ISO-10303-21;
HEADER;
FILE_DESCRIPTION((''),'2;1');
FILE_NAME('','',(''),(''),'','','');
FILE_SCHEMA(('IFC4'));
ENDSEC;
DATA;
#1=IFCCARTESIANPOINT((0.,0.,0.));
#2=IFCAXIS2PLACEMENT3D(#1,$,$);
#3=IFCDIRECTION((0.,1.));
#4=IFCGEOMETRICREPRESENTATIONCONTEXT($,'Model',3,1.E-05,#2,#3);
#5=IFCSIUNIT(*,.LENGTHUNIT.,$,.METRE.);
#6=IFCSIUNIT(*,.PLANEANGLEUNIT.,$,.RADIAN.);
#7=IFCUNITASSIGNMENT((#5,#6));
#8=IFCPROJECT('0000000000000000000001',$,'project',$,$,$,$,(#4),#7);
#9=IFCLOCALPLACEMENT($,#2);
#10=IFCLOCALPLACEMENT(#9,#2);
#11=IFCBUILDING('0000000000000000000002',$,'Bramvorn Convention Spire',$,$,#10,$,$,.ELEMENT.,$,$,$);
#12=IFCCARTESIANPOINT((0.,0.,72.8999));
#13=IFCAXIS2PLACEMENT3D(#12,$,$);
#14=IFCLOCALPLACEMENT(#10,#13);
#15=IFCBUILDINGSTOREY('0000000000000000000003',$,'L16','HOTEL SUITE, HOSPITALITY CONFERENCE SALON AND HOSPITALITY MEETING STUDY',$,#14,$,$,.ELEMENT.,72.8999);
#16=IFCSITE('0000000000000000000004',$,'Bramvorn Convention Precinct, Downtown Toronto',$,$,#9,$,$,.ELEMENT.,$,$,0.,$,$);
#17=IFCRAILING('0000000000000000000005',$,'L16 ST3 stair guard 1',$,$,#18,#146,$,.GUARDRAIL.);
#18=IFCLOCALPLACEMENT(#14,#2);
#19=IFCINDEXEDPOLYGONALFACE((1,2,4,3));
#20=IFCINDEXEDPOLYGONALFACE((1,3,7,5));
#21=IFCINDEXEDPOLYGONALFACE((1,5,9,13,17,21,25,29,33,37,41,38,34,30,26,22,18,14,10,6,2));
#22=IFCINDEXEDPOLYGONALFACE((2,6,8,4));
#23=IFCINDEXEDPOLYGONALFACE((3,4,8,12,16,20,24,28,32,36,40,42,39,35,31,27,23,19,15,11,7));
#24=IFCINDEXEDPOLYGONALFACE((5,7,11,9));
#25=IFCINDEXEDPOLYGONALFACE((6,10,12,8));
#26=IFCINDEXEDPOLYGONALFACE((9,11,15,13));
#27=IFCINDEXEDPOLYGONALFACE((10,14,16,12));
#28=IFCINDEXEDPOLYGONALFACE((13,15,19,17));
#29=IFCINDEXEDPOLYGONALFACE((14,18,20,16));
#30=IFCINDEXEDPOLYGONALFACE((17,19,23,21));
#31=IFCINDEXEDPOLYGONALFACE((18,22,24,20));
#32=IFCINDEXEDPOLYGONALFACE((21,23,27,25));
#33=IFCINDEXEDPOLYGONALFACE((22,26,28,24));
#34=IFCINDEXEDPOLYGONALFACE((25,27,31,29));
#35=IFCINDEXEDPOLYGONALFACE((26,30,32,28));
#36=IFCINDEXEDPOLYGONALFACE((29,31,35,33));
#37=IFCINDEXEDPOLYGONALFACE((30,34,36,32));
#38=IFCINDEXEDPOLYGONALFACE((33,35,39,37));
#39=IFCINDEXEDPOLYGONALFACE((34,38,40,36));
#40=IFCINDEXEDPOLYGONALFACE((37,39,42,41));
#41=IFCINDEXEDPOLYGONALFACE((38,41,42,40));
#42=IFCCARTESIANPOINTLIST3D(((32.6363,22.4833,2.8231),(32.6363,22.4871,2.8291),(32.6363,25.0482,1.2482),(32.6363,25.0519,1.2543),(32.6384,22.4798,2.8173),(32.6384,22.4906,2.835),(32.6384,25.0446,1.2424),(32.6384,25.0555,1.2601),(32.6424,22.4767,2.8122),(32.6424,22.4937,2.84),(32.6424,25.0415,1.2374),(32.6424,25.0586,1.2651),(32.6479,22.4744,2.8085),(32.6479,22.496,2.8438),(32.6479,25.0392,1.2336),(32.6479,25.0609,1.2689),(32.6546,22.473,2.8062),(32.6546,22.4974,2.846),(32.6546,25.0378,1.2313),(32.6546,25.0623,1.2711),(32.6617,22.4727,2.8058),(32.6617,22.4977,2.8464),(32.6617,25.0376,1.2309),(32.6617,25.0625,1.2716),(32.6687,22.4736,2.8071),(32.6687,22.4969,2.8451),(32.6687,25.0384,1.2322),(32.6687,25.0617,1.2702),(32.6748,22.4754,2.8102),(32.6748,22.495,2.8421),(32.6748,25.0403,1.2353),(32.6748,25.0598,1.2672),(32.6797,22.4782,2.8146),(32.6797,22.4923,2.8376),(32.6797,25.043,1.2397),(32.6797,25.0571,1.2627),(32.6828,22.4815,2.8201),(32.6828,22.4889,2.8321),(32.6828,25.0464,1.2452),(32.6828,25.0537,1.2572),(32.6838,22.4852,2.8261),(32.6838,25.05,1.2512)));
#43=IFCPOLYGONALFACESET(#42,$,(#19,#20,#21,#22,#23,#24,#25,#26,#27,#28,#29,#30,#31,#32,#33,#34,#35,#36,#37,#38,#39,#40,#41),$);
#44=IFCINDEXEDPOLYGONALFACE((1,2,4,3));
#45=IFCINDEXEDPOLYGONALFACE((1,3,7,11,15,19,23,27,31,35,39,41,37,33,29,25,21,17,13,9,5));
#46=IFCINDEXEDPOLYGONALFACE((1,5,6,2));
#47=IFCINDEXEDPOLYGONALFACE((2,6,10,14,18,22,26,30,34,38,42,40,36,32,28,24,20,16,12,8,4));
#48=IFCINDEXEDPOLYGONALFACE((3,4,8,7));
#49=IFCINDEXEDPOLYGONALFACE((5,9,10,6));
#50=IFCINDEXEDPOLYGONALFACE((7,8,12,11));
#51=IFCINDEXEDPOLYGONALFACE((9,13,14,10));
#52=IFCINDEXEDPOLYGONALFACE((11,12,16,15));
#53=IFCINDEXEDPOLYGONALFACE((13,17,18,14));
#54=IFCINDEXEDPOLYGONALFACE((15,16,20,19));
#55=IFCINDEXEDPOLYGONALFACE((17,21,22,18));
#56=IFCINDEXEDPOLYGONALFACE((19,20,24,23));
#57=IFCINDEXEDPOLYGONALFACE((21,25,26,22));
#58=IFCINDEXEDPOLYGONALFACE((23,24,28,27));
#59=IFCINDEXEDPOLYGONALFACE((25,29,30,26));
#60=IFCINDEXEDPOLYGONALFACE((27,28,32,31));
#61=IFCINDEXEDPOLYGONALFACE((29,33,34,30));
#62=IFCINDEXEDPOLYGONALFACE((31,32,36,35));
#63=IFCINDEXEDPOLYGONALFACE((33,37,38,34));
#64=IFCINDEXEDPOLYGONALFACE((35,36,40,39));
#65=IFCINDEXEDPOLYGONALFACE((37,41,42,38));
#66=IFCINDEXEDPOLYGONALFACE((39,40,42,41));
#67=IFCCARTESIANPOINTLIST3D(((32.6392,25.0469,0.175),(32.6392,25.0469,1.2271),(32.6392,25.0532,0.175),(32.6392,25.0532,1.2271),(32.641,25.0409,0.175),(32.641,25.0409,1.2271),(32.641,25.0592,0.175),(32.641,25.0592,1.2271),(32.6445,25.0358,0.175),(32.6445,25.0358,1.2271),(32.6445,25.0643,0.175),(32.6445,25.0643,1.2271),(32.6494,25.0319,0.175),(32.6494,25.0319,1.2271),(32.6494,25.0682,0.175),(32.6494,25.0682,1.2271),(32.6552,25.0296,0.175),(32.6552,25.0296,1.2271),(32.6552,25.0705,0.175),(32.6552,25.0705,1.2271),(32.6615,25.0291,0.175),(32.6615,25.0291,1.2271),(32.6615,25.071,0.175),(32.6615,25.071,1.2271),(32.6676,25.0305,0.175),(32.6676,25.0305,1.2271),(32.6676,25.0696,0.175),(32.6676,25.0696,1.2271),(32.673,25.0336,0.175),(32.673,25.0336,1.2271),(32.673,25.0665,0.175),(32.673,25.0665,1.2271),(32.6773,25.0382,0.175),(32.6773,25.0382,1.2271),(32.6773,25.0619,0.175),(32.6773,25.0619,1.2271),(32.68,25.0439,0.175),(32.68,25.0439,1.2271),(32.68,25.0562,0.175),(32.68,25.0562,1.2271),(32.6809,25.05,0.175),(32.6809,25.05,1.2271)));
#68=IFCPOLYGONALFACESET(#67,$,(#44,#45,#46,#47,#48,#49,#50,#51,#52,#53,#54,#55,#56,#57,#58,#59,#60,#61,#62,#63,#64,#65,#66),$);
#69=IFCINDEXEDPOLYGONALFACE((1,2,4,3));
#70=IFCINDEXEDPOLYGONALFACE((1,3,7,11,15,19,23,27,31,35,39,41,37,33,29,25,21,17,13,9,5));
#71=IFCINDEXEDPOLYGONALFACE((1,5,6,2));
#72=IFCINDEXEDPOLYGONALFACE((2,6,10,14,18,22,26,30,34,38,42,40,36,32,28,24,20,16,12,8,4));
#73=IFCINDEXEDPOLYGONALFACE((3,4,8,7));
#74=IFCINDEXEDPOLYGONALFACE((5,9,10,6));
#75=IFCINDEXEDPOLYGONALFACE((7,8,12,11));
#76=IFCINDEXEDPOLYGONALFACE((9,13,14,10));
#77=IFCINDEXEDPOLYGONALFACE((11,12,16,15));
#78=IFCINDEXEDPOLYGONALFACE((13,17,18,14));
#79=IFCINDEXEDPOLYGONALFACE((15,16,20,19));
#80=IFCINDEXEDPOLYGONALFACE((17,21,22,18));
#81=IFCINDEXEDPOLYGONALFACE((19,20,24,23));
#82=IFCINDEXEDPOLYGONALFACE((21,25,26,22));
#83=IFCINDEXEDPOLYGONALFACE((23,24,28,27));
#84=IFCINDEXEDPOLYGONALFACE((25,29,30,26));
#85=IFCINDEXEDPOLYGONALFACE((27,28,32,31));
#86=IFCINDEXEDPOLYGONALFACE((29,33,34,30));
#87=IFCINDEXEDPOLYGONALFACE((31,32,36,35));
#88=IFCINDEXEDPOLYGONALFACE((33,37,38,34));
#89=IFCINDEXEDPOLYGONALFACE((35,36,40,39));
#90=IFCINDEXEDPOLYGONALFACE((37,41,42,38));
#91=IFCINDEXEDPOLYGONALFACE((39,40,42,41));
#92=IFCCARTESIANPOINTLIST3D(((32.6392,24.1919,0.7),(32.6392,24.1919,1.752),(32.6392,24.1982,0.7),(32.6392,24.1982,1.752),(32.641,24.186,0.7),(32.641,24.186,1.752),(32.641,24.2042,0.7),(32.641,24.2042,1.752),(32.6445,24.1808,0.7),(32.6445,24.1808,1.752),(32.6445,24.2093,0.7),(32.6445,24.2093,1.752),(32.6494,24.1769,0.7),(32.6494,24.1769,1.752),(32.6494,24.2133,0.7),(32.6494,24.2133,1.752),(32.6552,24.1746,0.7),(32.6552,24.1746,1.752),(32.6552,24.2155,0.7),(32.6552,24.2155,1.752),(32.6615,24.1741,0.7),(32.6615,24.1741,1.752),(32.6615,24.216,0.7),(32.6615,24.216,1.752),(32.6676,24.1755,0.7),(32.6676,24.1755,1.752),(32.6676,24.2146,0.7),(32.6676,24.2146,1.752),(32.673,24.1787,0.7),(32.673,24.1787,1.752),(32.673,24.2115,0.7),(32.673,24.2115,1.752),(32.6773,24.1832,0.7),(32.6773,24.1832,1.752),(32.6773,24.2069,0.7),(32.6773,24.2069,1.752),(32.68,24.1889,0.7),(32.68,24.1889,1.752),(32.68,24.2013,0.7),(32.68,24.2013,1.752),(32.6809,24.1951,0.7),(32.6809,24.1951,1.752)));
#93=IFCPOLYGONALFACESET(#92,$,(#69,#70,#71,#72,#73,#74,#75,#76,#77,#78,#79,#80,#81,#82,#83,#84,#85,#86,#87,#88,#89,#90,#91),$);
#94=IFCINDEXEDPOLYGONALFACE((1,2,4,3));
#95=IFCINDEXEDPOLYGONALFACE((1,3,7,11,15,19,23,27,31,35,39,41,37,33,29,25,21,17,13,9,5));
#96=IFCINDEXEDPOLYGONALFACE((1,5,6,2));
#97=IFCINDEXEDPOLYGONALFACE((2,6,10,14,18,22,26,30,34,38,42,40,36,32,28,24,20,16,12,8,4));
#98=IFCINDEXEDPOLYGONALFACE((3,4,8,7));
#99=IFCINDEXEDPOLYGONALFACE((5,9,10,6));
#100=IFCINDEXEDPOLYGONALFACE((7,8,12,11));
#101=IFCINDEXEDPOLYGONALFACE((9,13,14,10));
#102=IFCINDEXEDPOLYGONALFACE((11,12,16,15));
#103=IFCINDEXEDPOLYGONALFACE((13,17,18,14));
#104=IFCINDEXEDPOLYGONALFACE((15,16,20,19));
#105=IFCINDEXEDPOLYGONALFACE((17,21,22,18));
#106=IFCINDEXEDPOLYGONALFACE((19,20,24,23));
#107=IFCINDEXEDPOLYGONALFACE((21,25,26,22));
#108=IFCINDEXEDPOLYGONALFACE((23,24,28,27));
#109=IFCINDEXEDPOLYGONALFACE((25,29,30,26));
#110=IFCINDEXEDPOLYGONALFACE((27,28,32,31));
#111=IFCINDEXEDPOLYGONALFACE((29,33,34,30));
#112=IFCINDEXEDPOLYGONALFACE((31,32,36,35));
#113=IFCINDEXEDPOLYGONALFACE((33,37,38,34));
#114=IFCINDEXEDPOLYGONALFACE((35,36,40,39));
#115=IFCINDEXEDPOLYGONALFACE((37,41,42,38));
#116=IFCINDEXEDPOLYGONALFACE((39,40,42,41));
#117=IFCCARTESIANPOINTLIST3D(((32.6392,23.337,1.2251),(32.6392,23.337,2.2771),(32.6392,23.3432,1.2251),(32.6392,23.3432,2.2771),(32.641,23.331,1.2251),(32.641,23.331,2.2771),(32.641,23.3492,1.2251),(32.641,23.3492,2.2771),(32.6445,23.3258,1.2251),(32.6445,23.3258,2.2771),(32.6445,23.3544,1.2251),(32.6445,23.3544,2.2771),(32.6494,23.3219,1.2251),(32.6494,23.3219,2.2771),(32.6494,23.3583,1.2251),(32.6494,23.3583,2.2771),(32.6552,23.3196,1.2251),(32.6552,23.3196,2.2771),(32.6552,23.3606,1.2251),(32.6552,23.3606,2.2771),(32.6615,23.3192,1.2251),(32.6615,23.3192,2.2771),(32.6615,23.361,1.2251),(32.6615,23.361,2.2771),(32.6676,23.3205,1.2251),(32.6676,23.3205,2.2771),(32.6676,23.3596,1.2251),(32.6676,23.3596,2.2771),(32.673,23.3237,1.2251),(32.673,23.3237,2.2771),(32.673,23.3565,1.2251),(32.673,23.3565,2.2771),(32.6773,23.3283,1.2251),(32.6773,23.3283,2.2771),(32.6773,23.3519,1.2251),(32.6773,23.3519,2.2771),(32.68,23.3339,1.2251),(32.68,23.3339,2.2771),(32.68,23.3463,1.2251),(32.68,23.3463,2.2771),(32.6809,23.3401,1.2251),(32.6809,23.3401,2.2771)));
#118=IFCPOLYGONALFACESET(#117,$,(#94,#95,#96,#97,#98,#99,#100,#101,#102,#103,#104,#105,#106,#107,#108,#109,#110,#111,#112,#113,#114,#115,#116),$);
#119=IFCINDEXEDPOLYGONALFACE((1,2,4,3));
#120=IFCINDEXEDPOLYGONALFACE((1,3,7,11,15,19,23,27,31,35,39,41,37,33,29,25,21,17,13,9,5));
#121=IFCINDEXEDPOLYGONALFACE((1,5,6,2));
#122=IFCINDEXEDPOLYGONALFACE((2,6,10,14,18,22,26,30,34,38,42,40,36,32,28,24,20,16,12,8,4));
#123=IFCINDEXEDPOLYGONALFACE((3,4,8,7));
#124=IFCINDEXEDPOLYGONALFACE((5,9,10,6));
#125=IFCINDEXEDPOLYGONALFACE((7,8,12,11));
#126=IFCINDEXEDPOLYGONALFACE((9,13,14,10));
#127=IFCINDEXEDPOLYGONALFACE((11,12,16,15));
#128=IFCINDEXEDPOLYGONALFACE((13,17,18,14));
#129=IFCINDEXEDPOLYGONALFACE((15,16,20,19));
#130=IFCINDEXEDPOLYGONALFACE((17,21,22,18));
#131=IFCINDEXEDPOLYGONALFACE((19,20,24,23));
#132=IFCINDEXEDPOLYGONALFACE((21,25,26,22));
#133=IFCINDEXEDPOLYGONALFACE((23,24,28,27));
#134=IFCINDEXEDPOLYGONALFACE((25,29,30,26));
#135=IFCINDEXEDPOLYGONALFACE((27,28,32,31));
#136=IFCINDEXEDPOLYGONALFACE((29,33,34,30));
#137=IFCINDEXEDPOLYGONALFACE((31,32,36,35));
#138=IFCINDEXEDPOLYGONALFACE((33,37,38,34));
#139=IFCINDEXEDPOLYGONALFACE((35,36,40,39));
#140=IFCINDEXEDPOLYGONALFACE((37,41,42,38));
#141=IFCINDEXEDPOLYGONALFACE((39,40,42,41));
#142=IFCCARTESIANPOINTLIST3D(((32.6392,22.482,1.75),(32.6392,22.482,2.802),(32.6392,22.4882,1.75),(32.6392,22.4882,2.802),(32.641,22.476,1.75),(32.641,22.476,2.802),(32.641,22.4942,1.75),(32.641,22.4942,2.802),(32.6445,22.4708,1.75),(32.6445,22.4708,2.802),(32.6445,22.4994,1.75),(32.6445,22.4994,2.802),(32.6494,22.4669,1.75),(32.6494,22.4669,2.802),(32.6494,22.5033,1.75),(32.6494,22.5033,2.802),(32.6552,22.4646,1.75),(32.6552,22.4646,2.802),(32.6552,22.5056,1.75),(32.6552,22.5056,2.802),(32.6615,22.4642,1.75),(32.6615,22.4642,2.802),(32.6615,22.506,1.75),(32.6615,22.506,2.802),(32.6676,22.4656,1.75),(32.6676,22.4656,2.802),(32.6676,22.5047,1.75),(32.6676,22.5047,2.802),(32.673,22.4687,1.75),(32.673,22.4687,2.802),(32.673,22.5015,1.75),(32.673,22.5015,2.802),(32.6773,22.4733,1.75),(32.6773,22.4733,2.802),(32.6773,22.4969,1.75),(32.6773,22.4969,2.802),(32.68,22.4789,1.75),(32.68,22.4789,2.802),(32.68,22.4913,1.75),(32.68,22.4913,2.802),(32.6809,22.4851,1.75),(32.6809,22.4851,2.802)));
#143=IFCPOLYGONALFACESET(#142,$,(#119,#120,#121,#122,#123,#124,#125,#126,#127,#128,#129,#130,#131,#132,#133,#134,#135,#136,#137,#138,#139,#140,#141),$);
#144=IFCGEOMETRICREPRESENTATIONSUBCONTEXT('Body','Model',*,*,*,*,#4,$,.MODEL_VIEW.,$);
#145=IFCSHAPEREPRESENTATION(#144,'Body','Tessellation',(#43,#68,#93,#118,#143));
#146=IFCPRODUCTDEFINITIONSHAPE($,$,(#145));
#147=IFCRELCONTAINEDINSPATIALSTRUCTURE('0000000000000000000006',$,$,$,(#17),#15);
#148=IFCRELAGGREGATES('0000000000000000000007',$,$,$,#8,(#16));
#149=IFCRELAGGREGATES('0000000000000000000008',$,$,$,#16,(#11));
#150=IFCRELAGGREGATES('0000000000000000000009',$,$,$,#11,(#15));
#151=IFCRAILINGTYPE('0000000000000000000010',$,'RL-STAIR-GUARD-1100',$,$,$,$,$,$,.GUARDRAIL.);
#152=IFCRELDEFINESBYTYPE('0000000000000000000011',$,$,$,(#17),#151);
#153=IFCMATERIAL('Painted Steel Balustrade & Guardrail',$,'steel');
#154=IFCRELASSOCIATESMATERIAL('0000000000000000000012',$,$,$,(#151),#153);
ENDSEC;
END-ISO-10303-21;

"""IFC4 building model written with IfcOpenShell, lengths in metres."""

from ifc_helpers import new_model, si_unit, direction, frame, origin, origin_2d, place, context, subcontext, project, spatial, circle, extrude, material, type_object, element, save


model = new_model("IFC4")

# Units and contexts
model_context = context("Model", 3, precision=1e-05, world=origin(), true_north=direction((0.0, 1.0)))
body_context = subcontext(model_context, "Body", "Model", "MODEL_VIEW")
ifc_project = project(units=[si_unit("LENGTHUNIT", "METRE"), si_unit("PLANEANGLEUNIT", "RADIAN")], contexts=[model_context])

# Site, building, storey
site_placement = place(None, origin())
site = spatial("IfcSite", under=ifc_project, at=site_placement, Name="Bramvorn Convention Precinct, Downtown Toronto", CompositionType="ELEMENT", RefElevation=0.0)
building_placement = place(site_placement, origin())
building = spatial("IfcBuilding", under=site, at=building_placement, Name="Bramvorn Convention Spire", CompositionType="ELEMENT")
storey_placement = place(building_placement, frame((0.0, 0.0, 72.8999)))
storey = spatial("IfcBuildingStorey", under=building, at=storey_placement, Name="L16", Description="HOTEL SUITE, HOSPITALITY CONFERENCE SALON AND HOSPITALITY MEETING STUDY", CompositionType="ELEMENT", Elevation=72.8999)

# Railing
ifc_material_1 = material(Name="Painted Steel Balustrade & Guardrail", Category="steel")
railing_type_1 = type_object("IfcRailingType", Name="RL-STAIR-GUARD-1100", PredefinedType="GUARDRAIL", material=ifc_material_1)
railing_1_placement = place(storey_placement, frame((32.6599, 25.05, 0.175)))
element("IfcRailing", 1, at=railing_1_placement, inside=storey, type_object=railing_type_1, Name="L16 ST3 stair guard 1", PredefinedType="GUARDRAIL", context=body_context, shape_type="SweptSolid", body=[
    extrude(circle(Radius=0.0239, at=origin_2d()), frame((0.0, 0.0, 1.0762), z_axis=(0.0, -0.852173, 0.52326), x_axis=(1.0, 0.0, 0.0)), (0.0, 0.0, 1.0), 3.0098),
    extrude(circle(Radius=0.021, at=origin_2d()), origin(), (0.0, 0.0, 1.0), 1.052),
    extrude(circle(Radius=0.021, at=origin_2d()), frame((0.0, -0.855, 0.5249)), (0.0, 0.0, 1.0), 1.052),
    extrude(circle(Radius=0.021, at=origin_2d()), frame((0.0, -1.71, 1.05)), (0.0, 0.0, 1.0), 1.052),
    extrude(circle(Radius=0.021, at=origin_2d()), frame((0.0, -2.5649, 1.575)), (0.0, 0.0, 1.0), 1.052),
])

save(model, "model.ifc")
